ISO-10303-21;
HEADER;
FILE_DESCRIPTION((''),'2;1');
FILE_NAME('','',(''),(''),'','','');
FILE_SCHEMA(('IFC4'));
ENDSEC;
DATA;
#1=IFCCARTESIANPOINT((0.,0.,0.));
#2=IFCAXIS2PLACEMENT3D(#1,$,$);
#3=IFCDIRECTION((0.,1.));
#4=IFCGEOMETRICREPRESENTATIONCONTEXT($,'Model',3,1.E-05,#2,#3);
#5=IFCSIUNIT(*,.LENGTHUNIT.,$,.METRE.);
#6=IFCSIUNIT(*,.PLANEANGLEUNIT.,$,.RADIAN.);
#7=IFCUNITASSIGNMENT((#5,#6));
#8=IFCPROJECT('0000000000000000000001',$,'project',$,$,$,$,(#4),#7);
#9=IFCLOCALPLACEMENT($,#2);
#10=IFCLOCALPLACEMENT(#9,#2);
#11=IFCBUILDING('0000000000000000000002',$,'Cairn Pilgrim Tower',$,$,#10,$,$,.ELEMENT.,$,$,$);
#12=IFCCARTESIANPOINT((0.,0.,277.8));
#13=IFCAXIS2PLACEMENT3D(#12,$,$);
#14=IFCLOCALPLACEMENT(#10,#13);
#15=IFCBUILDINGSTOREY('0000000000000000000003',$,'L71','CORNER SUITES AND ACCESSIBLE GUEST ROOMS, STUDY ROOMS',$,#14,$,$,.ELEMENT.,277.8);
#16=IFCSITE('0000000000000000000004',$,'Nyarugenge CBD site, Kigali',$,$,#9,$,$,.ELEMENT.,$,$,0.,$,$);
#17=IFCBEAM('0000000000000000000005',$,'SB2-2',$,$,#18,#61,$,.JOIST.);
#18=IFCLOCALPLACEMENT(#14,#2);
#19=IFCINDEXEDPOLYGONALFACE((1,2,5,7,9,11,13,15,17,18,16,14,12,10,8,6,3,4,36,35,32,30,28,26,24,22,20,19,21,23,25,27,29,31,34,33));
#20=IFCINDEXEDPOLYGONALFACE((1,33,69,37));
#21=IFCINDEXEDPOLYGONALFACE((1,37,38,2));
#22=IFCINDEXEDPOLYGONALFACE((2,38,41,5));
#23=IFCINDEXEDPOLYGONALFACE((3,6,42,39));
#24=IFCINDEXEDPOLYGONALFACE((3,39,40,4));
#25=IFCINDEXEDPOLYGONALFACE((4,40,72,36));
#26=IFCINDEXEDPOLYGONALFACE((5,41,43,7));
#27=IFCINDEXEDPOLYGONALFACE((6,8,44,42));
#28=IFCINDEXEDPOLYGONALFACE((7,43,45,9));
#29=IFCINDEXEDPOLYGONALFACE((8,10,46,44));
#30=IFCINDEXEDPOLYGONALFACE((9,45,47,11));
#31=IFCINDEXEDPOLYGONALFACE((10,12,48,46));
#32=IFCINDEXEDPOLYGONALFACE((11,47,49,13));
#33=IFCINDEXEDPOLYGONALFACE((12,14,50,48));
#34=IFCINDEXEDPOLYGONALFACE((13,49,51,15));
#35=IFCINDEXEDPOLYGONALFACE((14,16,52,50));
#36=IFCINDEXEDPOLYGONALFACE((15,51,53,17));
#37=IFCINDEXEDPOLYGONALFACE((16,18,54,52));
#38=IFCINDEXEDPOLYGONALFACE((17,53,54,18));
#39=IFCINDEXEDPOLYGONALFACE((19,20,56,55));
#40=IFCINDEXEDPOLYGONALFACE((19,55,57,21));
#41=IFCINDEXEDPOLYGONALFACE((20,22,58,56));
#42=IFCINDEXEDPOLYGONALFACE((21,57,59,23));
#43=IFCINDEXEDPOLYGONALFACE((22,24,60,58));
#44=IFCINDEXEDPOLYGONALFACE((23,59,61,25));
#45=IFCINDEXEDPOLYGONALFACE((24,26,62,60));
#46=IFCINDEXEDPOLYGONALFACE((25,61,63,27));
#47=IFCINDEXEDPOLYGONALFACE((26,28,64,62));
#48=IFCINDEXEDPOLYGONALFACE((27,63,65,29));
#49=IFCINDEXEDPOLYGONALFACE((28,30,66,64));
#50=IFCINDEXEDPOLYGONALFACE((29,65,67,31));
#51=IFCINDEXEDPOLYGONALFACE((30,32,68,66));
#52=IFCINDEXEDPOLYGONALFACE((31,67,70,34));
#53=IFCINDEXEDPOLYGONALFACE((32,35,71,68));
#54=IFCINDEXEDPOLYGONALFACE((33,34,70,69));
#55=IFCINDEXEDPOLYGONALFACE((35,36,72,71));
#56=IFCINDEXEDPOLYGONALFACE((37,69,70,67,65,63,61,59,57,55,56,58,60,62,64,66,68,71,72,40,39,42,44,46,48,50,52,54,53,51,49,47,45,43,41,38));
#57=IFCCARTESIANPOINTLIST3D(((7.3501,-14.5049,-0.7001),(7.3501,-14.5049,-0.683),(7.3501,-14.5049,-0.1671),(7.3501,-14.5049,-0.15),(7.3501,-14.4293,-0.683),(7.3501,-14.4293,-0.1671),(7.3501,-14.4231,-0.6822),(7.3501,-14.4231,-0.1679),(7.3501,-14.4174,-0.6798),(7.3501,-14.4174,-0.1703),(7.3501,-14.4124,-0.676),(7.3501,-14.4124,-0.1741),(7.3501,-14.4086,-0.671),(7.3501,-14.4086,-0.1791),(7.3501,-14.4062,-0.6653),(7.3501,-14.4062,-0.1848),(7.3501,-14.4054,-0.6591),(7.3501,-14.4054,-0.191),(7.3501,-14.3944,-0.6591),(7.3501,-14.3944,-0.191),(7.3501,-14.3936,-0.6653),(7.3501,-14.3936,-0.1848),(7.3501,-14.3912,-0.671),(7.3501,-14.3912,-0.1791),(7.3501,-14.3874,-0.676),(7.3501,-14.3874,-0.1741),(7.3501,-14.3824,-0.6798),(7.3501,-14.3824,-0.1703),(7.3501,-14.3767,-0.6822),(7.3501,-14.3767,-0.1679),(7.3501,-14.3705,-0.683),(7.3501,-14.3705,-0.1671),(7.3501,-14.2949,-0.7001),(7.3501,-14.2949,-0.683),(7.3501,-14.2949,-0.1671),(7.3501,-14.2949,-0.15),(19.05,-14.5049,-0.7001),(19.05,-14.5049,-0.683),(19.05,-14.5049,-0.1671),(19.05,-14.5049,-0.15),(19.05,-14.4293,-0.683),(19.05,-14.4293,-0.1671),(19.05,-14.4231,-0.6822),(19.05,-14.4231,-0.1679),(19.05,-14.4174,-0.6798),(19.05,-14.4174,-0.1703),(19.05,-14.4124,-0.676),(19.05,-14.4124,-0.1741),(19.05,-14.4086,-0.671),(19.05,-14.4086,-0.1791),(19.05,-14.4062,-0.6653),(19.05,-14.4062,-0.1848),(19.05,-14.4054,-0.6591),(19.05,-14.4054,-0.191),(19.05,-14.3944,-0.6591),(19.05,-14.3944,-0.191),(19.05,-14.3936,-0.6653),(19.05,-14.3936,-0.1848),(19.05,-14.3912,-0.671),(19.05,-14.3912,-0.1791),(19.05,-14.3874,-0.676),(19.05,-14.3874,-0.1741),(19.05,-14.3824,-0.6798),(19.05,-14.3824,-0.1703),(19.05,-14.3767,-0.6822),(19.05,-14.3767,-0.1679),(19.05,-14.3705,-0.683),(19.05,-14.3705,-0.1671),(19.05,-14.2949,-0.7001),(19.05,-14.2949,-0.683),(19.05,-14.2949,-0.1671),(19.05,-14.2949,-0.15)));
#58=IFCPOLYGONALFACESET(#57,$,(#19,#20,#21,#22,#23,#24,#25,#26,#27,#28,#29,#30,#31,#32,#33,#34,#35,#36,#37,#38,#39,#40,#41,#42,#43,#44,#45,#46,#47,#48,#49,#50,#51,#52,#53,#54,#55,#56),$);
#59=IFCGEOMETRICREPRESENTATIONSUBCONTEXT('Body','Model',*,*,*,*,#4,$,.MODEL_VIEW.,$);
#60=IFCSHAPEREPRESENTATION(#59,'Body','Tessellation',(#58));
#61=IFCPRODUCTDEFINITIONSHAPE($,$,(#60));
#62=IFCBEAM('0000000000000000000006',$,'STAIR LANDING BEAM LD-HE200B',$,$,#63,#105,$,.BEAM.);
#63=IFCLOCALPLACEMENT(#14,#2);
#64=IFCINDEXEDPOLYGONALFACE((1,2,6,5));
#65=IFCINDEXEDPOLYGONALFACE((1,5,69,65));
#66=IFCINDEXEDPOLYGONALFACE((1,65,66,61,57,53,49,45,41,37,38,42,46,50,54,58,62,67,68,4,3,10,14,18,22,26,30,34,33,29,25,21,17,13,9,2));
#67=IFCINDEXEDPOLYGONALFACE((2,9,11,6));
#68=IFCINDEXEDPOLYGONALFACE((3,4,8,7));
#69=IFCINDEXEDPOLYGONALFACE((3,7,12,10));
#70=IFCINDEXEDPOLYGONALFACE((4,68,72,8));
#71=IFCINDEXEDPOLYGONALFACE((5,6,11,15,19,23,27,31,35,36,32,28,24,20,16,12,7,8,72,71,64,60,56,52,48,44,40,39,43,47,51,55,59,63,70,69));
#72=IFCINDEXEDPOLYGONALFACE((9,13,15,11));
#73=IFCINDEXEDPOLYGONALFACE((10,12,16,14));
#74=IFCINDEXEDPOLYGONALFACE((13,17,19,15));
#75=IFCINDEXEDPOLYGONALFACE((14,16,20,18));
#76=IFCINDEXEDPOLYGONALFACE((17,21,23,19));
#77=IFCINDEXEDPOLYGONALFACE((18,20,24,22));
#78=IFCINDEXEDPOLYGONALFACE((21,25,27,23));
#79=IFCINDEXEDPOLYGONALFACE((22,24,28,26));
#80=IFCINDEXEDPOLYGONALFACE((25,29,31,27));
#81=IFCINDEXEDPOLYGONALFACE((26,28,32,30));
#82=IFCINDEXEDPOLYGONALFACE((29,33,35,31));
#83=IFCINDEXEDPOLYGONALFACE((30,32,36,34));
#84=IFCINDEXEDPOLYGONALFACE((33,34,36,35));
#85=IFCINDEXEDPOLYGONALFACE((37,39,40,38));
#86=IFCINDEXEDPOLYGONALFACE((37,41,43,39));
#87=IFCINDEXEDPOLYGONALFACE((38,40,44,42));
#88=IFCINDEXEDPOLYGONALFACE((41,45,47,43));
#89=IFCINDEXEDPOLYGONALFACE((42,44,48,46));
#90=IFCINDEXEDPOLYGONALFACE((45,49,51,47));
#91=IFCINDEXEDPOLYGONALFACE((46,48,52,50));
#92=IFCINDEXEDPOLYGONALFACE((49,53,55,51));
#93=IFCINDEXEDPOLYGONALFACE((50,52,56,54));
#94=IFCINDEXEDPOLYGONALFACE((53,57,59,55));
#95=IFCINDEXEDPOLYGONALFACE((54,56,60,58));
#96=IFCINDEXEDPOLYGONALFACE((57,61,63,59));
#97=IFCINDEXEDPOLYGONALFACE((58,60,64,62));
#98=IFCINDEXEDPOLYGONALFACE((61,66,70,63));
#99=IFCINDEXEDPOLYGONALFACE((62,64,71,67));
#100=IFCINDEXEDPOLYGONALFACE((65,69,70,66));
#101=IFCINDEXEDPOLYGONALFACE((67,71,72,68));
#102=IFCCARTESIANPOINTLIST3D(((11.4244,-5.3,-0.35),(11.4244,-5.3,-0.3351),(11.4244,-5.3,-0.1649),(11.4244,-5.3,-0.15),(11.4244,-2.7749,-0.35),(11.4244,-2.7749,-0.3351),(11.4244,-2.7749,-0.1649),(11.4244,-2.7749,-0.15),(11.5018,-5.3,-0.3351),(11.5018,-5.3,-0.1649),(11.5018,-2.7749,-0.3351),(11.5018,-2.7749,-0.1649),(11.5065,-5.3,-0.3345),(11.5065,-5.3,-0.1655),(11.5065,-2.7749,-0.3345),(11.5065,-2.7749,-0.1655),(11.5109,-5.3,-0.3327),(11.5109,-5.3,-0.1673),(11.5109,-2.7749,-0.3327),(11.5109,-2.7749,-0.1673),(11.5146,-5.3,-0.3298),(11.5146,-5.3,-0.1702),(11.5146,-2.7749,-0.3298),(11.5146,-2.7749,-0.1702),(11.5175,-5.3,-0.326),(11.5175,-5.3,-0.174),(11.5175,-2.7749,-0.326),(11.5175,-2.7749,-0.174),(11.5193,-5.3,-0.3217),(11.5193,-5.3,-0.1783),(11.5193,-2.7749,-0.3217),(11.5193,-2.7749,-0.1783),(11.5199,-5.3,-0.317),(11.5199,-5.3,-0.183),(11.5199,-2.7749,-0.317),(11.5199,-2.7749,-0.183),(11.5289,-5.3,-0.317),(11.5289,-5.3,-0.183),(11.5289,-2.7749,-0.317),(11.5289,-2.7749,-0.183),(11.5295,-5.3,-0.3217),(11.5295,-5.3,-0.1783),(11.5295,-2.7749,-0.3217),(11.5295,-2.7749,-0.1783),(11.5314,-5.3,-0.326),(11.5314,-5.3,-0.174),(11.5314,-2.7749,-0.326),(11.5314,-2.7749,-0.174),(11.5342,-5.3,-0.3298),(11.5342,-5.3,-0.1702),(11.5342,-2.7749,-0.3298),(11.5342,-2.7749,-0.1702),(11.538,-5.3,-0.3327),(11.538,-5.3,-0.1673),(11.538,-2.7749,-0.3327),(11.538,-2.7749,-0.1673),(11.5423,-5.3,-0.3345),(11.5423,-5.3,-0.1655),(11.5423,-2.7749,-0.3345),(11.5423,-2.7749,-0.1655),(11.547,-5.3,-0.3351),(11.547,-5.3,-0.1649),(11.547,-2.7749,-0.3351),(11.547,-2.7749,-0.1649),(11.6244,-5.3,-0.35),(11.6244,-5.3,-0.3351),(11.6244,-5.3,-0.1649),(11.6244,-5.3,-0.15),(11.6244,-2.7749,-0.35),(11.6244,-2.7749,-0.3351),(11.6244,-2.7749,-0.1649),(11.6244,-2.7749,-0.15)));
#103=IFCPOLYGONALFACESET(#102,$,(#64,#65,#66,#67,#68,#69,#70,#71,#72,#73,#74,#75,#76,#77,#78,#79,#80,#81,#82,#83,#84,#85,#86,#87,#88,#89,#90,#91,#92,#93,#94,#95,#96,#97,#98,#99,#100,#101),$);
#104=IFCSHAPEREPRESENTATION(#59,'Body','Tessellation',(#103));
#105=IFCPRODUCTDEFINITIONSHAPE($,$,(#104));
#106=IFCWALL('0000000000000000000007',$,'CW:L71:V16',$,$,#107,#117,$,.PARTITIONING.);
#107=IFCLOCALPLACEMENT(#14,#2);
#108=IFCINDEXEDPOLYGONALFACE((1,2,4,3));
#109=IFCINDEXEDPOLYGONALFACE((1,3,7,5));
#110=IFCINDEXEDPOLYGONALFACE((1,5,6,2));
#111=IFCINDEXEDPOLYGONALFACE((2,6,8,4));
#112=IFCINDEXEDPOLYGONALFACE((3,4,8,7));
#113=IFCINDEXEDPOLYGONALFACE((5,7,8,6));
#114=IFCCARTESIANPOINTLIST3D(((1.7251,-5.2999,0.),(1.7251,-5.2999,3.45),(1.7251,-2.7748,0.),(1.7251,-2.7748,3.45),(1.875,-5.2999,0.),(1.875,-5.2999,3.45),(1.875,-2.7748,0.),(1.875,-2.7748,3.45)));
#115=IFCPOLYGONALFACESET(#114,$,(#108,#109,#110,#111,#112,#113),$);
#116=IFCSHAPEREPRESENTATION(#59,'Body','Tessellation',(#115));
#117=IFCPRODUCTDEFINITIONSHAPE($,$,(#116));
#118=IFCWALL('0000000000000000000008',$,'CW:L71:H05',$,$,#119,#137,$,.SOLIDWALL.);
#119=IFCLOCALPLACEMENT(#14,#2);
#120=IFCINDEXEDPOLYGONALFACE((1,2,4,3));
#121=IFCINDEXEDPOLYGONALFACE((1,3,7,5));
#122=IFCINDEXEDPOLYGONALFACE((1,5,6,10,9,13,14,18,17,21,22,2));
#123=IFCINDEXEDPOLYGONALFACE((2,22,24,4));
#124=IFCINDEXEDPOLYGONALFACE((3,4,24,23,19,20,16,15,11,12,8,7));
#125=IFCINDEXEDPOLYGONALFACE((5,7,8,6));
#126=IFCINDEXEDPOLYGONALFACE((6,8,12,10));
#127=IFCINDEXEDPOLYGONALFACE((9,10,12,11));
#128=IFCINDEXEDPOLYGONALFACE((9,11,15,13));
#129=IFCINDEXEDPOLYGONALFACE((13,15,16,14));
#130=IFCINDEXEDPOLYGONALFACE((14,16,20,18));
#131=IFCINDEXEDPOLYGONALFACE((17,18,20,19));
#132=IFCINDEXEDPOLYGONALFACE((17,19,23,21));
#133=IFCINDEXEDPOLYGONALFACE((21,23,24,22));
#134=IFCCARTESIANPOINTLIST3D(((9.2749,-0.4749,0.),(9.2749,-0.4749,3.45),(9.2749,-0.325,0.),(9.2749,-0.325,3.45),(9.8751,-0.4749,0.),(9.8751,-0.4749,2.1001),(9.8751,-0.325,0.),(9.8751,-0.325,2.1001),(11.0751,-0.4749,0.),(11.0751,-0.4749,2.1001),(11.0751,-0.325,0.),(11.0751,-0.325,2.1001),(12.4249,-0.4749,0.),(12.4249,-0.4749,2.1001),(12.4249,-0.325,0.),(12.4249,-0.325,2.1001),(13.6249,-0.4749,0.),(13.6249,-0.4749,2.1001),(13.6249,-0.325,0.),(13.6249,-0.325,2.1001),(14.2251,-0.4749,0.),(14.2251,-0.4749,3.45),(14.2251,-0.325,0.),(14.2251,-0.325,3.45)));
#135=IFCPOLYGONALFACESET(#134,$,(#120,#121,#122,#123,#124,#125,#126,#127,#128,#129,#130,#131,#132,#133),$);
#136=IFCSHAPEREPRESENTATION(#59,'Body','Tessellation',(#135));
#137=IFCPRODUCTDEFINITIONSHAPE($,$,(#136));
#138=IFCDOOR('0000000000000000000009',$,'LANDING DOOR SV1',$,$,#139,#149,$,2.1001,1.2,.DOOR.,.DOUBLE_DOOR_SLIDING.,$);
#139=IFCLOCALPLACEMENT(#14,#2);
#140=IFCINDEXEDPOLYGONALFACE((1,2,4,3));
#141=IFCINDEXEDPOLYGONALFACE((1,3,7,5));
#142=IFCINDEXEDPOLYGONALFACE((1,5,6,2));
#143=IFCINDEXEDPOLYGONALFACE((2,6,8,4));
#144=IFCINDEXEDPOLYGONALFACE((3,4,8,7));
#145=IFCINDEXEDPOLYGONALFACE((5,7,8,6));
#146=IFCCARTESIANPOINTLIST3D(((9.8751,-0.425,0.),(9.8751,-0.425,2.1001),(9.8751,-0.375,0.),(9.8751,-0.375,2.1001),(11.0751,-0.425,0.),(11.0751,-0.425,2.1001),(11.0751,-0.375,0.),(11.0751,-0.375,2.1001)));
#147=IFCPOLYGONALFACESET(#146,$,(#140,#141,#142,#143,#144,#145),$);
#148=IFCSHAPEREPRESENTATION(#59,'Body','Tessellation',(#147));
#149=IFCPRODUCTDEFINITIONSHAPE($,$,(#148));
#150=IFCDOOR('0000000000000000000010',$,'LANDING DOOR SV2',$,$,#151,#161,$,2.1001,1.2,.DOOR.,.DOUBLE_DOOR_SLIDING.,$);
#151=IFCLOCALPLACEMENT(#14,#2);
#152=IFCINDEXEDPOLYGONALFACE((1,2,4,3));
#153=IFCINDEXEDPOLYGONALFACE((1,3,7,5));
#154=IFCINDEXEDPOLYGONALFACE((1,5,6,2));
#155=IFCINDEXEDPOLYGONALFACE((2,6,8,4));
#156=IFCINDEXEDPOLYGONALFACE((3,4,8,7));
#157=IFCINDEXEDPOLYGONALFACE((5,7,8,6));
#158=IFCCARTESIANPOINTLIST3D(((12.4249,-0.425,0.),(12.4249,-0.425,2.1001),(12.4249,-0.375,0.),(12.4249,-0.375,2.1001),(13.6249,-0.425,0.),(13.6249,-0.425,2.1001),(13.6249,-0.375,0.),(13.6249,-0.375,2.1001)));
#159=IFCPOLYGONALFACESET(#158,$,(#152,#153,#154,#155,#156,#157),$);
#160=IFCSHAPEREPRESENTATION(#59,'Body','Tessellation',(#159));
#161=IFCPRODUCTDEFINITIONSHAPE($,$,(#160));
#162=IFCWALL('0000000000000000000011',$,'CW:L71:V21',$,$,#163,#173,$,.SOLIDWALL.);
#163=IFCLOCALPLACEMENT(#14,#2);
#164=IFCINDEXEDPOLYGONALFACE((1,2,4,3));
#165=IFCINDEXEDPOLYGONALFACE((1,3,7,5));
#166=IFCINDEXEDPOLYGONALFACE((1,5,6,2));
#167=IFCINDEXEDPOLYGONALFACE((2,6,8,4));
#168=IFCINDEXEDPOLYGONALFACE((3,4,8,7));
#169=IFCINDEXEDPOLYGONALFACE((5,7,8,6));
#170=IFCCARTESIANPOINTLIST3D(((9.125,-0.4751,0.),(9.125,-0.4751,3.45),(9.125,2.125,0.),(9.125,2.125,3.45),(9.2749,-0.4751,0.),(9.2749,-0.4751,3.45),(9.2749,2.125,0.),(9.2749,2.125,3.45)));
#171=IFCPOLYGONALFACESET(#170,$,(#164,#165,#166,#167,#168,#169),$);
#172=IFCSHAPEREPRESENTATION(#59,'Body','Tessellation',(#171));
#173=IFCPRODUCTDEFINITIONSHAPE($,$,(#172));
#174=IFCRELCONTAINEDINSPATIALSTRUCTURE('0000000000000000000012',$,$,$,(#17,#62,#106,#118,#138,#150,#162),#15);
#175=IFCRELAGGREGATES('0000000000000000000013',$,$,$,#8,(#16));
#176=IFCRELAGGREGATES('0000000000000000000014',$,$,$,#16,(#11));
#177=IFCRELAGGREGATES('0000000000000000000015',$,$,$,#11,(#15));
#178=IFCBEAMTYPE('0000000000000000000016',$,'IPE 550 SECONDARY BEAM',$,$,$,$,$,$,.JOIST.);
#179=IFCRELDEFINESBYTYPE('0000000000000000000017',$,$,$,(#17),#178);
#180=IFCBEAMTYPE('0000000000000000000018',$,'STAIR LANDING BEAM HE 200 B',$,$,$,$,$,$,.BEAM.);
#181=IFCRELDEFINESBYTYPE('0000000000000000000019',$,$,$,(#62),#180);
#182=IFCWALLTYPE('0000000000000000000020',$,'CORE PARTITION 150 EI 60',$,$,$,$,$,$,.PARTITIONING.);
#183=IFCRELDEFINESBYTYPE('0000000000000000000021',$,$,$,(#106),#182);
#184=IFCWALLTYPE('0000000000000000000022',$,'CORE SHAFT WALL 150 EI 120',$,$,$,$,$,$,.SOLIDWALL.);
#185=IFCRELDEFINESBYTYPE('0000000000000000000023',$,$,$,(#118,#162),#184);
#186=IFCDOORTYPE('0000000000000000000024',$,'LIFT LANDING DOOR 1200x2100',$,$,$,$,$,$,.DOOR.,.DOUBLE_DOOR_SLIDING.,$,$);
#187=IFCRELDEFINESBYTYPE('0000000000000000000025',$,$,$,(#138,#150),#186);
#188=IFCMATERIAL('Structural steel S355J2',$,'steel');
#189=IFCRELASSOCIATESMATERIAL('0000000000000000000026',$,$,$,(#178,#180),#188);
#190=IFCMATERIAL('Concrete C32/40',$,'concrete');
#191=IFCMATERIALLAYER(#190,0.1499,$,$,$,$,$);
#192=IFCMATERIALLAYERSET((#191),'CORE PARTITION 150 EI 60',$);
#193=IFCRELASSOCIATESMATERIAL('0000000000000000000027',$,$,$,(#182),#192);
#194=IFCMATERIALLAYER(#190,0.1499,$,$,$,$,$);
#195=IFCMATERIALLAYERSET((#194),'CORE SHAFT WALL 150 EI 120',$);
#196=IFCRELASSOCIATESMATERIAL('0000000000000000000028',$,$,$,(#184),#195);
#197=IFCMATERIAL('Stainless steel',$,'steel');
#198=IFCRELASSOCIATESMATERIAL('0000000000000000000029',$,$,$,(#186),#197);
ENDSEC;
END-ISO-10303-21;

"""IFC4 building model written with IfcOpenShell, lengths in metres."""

from ifc_helpers import new_model, si_unit, direction, frame, frame_2d, origin, origin_2d, place, context, subcontext, project, spatial, rectangle, i_section, extrude, material, layer, layer_set, material_profile, profile_set, type_object, element, fill, save


model = new_model("IFC4")

# Units and contexts
model_context = context("Model", 3, precision=1e-05, world=origin(), true_north=direction((0.0, 1.0)))
body_context = subcontext(model_context, "Body", "Model", "MODEL_VIEW")
ifc_project = project(units=[si_unit("LENGTHUNIT", "METRE"), si_unit("PLANEANGLEUNIT", "RADIAN")], contexts=[model_context])

# Site, building, storey
site_placement = place(None, origin())
site = spatial("IfcSite", under=ifc_project, at=site_placement, Name="Nyarugenge CBD site, Kigali", CompositionType="ELEMENT", RefElevation=0.0)
building_placement = place(site_placement, origin())
building = spatial("IfcBuilding", under=site, at=building_placement, Name="Cairn Pilgrim Tower", CompositionType="ELEMENT")
storey_placement = place(building_placement, frame((0.0, 0.0, 277.8)))
storey = spatial("IfcBuildingStorey", under=building, at=storey_placement, Name="L71", Description="CORNER SUITES AND ACCESSIBLE GUEST ROOMS, STUDY ROOMS", CompositionType="ELEMENT", Elevation=277.8)

# Shared definitions
ifc_material_1 = material(Name="Structural steel S355J2", Category="steel")

# Beams
ifc_material_profile_1 = material_profile(ifc_material_1, i_section(OverallWidth=0.21, OverallDepth=0.55, WebThickness=0.011, FlangeThickness=0.0171, FilletRadius=0.0239, at=origin_2d()), Name="IPE 550")
ifc_profile_set_1 = profile_set([ifc_material_profile_1], Name="Structural steel S355J2")
beam_type_1 = type_object("IfcBeamType", Name="IPE 550 SECONDARY BEAM", PredefinedType="JOIST", material=ifc_profile_set_1)
beam_1_placement = place(storey_placement, frame((7.3501, -14.3999, -0.425), z_axis=(1.0, 0.0, 0.0), x_axis=(0.0, 1.0, 0.0)))
element("IfcBeam", 1, at=beam_1_placement, inside=storey, type_object=beam_type_1, Name="SB2-2", PredefinedType="JOIST", context=body_context, shape_type="SweptSolid", body=[
    extrude(i_section(OverallWidth=0.21, OverallDepth=0.55, WebThickness=0.011, FlangeThickness=0.0171, FilletRadius=0.0239, at=origin_2d()), origin(), (0.0, 0.0, 1.0), 11.7),
])
ifc_material_profile_2 = material_profile(ifc_material_1, i_section(OverallWidth=0.2, OverallDepth=0.2, WebThickness=0.009, FlangeThickness=0.0149, FilletRadius=0.0181, at=origin_2d()), Name="HE 200 B")
ifc_profile_set_2 = profile_set([ifc_material_profile_2], Name="Structural steel S355J2")
beam_type_2 = type_object("IfcBeamType", Name="STAIR LANDING BEAM HE 200 B", PredefinedType="BEAM", material=ifc_profile_set_2)
beam_2_placement = place(storey_placement, frame((11.5244, -2.7749, -0.25), z_axis=(0.0, -1.0, 0.0), x_axis=(1.0, 0.0, 0.0)))
element("IfcBeam", 2, at=beam_2_placement, inside=storey, type_object=beam_type_2, Name="STAIR LANDING BEAM LD-HE200B", PredefinedType="BEAM", context=body_context, shape_type="SweptSolid", body=[
    extrude(i_section(OverallWidth=0.2, OverallDepth=0.2, WebThickness=0.009, FlangeThickness=0.0149, FilletRadius=0.0181, at=origin_2d()), origin(), (0.0, 0.0, 1.0), 2.5251),
])

# Wall
ifc_material_2 = material(Name="Concrete C32/40", Category="concrete")
ifc_layer_1 = layer(ifc_material_2, 0.1499)
ifc_layer_set_1 = layer_set([ifc_layer_1], Name="CORE PARTITION 150 EI 60")
wall_type_1 = type_object("IfcWallType", Name="CORE PARTITION 150 EI 60", PredefinedType="PARTITIONING", material=ifc_layer_set_1)
wall_1_placement = place(storey_placement, frame((1.8, -5.3, 0.0), z_axis=(0.0, 0.0, 1.0), x_axis=(0.0, 1.0, 0.0)))
element("IfcWall", 3, at=wall_1_placement, inside=storey, type_object=wall_type_1, Name="CW:L71:V16", PredefinedType="PARTITIONING", context=body_context, shape_type="SweptSolid", body=[
    extrude(rectangle(XDim=2.5251, YDim=0.1499, at=frame_2d((1.2627, 0.0))), origin(), (0.0, 0.0, 1.0), 3.45),
])

# Wall, openings, doors
ifc_layer_2 = layer(ifc_material_2, 0.1499)
ifc_layer_set_2 = layer_set([ifc_layer_2], Name="CORE SHAFT WALL 150 EI 120")
wall_type_2 = type_object("IfcWallType", Name="CORE SHAFT WALL 150 EI 120", PredefinedType="SOLIDWALL", material=ifc_layer_set_2)
wall_2_placement = place(storey_placement, frame((9.2749, -0.3999, 0.0), z_axis=(0.0, 0.0, 1.0), x_axis=(1.0, 0.0, 0.0)))
wall_2 = element("IfcWall", 4, at=wall_2_placement, inside=storey, type_object=wall_type_2, Name="CW:L71:H05", PredefinedType="SOLIDWALL", context=body_context, shape_type="SweptSolid", body=[
    extrude(rectangle(XDim=4.9502, YDim=0.1499, at=frame_2d((2.4751, 0.0))), origin(), (0.0, 0.0, 1.0), 3.45),
])
opening_1_placement = place(wall_2_placement, frame((0.6001, 0.0, 0.0)))
opening_1 = element("IfcOpeningElement", 5, at=opening_1_placement, cuts=wall_2, PredefinedType="OPENING", context=body_context, shape_type="SweptSolid", body=[
    extrude(rectangle(XDim=1.2, YDim=2.1001, at=frame_2d((0.6001, 1.05))), frame((0.0, 0.085, 0.0), z_axis=(0.0, -1.0, 0.0), x_axis=(1.0, 0.0, 0.0)), (0.0, 0.0, 1.0), 0.1699),
])
opening_2_placement = place(wall_2_placement, frame((3.1499, 0.0, 0.0)))
opening_2 = element("IfcOpeningElement", 6, at=opening_2_placement, cuts=wall_2, PredefinedType="OPENING", context=body_context, shape_type="SweptSolid", body=[
    extrude(rectangle(XDim=1.2, YDim=2.1001, at=frame_2d((0.6001, 1.05))), frame((0.0, 0.085, 0.0), z_axis=(0.0, -1.0, 0.0), x_axis=(1.0, 0.0, 0.0)), (0.0, 0.0, 1.0), 0.1699),
])
ifc_material_3 = material(Name="Stainless steel", Category="steel")
door_type_1 = type_object("IfcDoorType", Name="LIFT LANDING DOOR 1200x2100", OperationType="DOUBLE_DOOR_SLIDING", PredefinedType="DOOR", material=ifc_material_3)
door_1_placement = place(opening_1_placement, origin())
door_1 = element("IfcDoor", 7, at=door_1_placement, inside=storey, type_object=door_type_1, Name="LANDING DOOR SV1", OperationType="DOUBLE_DOOR_SLIDING", OverallHeight=2.1001, OverallWidth=1.2, PredefinedType="DOOR", context=body_context, shape_type="SweptSolid", body=[
    extrude(rectangle(XDim=1.2, YDim=2.1001, at=frame_2d((0.6001, 1.05))), frame((0.0, 0.0249, 0.0), z_axis=(0.0, -1.0, 0.0), x_axis=(1.0, 0.0, 0.0)), (0.0, 0.0, 1.0), 0.05),
])
fill(opening_1, door_1)
door_2_placement = place(opening_2_placement, origin())
door_2 = element("IfcDoor", 8, at=door_2_placement, inside=storey, type_object=door_type_1, Name="LANDING DOOR SV2", OperationType="DOUBLE_DOOR_SLIDING", OverallHeight=2.1001, OverallWidth=1.2, PredefinedType="DOOR", context=body_context, shape_type="SweptSolid", body=[
    extrude(rectangle(XDim=1.2, YDim=2.1001, at=frame_2d((0.6001, 1.05))), frame((0.0, 0.0249, 0.0), z_axis=(0.0, -1.0, 0.0), x_axis=(1.0, 0.0, 0.0)), (0.0, 0.0, 1.0), 0.05),
])
fill(opening_2, door_2)

# Wall
wall_3_placement = place(storey_placement, frame((9.2, -0.4751, 0.0), z_axis=(0.0, 0.0, 1.0), x_axis=(0.0, 1.0, 0.0)))
element("IfcWall", 9, at=wall_3_placement, inside=storey, type_object=wall_type_2, Name="CW:L71:V21", PredefinedType="SOLIDWALL", context=body_context, shape_type="SweptSolid", body=[
    extrude(rectangle(XDim=2.6001, YDim=0.1499, at=frame_2d((1.3, 0.0))), origin(), (0.0, 0.0, 1.0), 3.45),
])

save(model, "model.ifc")
